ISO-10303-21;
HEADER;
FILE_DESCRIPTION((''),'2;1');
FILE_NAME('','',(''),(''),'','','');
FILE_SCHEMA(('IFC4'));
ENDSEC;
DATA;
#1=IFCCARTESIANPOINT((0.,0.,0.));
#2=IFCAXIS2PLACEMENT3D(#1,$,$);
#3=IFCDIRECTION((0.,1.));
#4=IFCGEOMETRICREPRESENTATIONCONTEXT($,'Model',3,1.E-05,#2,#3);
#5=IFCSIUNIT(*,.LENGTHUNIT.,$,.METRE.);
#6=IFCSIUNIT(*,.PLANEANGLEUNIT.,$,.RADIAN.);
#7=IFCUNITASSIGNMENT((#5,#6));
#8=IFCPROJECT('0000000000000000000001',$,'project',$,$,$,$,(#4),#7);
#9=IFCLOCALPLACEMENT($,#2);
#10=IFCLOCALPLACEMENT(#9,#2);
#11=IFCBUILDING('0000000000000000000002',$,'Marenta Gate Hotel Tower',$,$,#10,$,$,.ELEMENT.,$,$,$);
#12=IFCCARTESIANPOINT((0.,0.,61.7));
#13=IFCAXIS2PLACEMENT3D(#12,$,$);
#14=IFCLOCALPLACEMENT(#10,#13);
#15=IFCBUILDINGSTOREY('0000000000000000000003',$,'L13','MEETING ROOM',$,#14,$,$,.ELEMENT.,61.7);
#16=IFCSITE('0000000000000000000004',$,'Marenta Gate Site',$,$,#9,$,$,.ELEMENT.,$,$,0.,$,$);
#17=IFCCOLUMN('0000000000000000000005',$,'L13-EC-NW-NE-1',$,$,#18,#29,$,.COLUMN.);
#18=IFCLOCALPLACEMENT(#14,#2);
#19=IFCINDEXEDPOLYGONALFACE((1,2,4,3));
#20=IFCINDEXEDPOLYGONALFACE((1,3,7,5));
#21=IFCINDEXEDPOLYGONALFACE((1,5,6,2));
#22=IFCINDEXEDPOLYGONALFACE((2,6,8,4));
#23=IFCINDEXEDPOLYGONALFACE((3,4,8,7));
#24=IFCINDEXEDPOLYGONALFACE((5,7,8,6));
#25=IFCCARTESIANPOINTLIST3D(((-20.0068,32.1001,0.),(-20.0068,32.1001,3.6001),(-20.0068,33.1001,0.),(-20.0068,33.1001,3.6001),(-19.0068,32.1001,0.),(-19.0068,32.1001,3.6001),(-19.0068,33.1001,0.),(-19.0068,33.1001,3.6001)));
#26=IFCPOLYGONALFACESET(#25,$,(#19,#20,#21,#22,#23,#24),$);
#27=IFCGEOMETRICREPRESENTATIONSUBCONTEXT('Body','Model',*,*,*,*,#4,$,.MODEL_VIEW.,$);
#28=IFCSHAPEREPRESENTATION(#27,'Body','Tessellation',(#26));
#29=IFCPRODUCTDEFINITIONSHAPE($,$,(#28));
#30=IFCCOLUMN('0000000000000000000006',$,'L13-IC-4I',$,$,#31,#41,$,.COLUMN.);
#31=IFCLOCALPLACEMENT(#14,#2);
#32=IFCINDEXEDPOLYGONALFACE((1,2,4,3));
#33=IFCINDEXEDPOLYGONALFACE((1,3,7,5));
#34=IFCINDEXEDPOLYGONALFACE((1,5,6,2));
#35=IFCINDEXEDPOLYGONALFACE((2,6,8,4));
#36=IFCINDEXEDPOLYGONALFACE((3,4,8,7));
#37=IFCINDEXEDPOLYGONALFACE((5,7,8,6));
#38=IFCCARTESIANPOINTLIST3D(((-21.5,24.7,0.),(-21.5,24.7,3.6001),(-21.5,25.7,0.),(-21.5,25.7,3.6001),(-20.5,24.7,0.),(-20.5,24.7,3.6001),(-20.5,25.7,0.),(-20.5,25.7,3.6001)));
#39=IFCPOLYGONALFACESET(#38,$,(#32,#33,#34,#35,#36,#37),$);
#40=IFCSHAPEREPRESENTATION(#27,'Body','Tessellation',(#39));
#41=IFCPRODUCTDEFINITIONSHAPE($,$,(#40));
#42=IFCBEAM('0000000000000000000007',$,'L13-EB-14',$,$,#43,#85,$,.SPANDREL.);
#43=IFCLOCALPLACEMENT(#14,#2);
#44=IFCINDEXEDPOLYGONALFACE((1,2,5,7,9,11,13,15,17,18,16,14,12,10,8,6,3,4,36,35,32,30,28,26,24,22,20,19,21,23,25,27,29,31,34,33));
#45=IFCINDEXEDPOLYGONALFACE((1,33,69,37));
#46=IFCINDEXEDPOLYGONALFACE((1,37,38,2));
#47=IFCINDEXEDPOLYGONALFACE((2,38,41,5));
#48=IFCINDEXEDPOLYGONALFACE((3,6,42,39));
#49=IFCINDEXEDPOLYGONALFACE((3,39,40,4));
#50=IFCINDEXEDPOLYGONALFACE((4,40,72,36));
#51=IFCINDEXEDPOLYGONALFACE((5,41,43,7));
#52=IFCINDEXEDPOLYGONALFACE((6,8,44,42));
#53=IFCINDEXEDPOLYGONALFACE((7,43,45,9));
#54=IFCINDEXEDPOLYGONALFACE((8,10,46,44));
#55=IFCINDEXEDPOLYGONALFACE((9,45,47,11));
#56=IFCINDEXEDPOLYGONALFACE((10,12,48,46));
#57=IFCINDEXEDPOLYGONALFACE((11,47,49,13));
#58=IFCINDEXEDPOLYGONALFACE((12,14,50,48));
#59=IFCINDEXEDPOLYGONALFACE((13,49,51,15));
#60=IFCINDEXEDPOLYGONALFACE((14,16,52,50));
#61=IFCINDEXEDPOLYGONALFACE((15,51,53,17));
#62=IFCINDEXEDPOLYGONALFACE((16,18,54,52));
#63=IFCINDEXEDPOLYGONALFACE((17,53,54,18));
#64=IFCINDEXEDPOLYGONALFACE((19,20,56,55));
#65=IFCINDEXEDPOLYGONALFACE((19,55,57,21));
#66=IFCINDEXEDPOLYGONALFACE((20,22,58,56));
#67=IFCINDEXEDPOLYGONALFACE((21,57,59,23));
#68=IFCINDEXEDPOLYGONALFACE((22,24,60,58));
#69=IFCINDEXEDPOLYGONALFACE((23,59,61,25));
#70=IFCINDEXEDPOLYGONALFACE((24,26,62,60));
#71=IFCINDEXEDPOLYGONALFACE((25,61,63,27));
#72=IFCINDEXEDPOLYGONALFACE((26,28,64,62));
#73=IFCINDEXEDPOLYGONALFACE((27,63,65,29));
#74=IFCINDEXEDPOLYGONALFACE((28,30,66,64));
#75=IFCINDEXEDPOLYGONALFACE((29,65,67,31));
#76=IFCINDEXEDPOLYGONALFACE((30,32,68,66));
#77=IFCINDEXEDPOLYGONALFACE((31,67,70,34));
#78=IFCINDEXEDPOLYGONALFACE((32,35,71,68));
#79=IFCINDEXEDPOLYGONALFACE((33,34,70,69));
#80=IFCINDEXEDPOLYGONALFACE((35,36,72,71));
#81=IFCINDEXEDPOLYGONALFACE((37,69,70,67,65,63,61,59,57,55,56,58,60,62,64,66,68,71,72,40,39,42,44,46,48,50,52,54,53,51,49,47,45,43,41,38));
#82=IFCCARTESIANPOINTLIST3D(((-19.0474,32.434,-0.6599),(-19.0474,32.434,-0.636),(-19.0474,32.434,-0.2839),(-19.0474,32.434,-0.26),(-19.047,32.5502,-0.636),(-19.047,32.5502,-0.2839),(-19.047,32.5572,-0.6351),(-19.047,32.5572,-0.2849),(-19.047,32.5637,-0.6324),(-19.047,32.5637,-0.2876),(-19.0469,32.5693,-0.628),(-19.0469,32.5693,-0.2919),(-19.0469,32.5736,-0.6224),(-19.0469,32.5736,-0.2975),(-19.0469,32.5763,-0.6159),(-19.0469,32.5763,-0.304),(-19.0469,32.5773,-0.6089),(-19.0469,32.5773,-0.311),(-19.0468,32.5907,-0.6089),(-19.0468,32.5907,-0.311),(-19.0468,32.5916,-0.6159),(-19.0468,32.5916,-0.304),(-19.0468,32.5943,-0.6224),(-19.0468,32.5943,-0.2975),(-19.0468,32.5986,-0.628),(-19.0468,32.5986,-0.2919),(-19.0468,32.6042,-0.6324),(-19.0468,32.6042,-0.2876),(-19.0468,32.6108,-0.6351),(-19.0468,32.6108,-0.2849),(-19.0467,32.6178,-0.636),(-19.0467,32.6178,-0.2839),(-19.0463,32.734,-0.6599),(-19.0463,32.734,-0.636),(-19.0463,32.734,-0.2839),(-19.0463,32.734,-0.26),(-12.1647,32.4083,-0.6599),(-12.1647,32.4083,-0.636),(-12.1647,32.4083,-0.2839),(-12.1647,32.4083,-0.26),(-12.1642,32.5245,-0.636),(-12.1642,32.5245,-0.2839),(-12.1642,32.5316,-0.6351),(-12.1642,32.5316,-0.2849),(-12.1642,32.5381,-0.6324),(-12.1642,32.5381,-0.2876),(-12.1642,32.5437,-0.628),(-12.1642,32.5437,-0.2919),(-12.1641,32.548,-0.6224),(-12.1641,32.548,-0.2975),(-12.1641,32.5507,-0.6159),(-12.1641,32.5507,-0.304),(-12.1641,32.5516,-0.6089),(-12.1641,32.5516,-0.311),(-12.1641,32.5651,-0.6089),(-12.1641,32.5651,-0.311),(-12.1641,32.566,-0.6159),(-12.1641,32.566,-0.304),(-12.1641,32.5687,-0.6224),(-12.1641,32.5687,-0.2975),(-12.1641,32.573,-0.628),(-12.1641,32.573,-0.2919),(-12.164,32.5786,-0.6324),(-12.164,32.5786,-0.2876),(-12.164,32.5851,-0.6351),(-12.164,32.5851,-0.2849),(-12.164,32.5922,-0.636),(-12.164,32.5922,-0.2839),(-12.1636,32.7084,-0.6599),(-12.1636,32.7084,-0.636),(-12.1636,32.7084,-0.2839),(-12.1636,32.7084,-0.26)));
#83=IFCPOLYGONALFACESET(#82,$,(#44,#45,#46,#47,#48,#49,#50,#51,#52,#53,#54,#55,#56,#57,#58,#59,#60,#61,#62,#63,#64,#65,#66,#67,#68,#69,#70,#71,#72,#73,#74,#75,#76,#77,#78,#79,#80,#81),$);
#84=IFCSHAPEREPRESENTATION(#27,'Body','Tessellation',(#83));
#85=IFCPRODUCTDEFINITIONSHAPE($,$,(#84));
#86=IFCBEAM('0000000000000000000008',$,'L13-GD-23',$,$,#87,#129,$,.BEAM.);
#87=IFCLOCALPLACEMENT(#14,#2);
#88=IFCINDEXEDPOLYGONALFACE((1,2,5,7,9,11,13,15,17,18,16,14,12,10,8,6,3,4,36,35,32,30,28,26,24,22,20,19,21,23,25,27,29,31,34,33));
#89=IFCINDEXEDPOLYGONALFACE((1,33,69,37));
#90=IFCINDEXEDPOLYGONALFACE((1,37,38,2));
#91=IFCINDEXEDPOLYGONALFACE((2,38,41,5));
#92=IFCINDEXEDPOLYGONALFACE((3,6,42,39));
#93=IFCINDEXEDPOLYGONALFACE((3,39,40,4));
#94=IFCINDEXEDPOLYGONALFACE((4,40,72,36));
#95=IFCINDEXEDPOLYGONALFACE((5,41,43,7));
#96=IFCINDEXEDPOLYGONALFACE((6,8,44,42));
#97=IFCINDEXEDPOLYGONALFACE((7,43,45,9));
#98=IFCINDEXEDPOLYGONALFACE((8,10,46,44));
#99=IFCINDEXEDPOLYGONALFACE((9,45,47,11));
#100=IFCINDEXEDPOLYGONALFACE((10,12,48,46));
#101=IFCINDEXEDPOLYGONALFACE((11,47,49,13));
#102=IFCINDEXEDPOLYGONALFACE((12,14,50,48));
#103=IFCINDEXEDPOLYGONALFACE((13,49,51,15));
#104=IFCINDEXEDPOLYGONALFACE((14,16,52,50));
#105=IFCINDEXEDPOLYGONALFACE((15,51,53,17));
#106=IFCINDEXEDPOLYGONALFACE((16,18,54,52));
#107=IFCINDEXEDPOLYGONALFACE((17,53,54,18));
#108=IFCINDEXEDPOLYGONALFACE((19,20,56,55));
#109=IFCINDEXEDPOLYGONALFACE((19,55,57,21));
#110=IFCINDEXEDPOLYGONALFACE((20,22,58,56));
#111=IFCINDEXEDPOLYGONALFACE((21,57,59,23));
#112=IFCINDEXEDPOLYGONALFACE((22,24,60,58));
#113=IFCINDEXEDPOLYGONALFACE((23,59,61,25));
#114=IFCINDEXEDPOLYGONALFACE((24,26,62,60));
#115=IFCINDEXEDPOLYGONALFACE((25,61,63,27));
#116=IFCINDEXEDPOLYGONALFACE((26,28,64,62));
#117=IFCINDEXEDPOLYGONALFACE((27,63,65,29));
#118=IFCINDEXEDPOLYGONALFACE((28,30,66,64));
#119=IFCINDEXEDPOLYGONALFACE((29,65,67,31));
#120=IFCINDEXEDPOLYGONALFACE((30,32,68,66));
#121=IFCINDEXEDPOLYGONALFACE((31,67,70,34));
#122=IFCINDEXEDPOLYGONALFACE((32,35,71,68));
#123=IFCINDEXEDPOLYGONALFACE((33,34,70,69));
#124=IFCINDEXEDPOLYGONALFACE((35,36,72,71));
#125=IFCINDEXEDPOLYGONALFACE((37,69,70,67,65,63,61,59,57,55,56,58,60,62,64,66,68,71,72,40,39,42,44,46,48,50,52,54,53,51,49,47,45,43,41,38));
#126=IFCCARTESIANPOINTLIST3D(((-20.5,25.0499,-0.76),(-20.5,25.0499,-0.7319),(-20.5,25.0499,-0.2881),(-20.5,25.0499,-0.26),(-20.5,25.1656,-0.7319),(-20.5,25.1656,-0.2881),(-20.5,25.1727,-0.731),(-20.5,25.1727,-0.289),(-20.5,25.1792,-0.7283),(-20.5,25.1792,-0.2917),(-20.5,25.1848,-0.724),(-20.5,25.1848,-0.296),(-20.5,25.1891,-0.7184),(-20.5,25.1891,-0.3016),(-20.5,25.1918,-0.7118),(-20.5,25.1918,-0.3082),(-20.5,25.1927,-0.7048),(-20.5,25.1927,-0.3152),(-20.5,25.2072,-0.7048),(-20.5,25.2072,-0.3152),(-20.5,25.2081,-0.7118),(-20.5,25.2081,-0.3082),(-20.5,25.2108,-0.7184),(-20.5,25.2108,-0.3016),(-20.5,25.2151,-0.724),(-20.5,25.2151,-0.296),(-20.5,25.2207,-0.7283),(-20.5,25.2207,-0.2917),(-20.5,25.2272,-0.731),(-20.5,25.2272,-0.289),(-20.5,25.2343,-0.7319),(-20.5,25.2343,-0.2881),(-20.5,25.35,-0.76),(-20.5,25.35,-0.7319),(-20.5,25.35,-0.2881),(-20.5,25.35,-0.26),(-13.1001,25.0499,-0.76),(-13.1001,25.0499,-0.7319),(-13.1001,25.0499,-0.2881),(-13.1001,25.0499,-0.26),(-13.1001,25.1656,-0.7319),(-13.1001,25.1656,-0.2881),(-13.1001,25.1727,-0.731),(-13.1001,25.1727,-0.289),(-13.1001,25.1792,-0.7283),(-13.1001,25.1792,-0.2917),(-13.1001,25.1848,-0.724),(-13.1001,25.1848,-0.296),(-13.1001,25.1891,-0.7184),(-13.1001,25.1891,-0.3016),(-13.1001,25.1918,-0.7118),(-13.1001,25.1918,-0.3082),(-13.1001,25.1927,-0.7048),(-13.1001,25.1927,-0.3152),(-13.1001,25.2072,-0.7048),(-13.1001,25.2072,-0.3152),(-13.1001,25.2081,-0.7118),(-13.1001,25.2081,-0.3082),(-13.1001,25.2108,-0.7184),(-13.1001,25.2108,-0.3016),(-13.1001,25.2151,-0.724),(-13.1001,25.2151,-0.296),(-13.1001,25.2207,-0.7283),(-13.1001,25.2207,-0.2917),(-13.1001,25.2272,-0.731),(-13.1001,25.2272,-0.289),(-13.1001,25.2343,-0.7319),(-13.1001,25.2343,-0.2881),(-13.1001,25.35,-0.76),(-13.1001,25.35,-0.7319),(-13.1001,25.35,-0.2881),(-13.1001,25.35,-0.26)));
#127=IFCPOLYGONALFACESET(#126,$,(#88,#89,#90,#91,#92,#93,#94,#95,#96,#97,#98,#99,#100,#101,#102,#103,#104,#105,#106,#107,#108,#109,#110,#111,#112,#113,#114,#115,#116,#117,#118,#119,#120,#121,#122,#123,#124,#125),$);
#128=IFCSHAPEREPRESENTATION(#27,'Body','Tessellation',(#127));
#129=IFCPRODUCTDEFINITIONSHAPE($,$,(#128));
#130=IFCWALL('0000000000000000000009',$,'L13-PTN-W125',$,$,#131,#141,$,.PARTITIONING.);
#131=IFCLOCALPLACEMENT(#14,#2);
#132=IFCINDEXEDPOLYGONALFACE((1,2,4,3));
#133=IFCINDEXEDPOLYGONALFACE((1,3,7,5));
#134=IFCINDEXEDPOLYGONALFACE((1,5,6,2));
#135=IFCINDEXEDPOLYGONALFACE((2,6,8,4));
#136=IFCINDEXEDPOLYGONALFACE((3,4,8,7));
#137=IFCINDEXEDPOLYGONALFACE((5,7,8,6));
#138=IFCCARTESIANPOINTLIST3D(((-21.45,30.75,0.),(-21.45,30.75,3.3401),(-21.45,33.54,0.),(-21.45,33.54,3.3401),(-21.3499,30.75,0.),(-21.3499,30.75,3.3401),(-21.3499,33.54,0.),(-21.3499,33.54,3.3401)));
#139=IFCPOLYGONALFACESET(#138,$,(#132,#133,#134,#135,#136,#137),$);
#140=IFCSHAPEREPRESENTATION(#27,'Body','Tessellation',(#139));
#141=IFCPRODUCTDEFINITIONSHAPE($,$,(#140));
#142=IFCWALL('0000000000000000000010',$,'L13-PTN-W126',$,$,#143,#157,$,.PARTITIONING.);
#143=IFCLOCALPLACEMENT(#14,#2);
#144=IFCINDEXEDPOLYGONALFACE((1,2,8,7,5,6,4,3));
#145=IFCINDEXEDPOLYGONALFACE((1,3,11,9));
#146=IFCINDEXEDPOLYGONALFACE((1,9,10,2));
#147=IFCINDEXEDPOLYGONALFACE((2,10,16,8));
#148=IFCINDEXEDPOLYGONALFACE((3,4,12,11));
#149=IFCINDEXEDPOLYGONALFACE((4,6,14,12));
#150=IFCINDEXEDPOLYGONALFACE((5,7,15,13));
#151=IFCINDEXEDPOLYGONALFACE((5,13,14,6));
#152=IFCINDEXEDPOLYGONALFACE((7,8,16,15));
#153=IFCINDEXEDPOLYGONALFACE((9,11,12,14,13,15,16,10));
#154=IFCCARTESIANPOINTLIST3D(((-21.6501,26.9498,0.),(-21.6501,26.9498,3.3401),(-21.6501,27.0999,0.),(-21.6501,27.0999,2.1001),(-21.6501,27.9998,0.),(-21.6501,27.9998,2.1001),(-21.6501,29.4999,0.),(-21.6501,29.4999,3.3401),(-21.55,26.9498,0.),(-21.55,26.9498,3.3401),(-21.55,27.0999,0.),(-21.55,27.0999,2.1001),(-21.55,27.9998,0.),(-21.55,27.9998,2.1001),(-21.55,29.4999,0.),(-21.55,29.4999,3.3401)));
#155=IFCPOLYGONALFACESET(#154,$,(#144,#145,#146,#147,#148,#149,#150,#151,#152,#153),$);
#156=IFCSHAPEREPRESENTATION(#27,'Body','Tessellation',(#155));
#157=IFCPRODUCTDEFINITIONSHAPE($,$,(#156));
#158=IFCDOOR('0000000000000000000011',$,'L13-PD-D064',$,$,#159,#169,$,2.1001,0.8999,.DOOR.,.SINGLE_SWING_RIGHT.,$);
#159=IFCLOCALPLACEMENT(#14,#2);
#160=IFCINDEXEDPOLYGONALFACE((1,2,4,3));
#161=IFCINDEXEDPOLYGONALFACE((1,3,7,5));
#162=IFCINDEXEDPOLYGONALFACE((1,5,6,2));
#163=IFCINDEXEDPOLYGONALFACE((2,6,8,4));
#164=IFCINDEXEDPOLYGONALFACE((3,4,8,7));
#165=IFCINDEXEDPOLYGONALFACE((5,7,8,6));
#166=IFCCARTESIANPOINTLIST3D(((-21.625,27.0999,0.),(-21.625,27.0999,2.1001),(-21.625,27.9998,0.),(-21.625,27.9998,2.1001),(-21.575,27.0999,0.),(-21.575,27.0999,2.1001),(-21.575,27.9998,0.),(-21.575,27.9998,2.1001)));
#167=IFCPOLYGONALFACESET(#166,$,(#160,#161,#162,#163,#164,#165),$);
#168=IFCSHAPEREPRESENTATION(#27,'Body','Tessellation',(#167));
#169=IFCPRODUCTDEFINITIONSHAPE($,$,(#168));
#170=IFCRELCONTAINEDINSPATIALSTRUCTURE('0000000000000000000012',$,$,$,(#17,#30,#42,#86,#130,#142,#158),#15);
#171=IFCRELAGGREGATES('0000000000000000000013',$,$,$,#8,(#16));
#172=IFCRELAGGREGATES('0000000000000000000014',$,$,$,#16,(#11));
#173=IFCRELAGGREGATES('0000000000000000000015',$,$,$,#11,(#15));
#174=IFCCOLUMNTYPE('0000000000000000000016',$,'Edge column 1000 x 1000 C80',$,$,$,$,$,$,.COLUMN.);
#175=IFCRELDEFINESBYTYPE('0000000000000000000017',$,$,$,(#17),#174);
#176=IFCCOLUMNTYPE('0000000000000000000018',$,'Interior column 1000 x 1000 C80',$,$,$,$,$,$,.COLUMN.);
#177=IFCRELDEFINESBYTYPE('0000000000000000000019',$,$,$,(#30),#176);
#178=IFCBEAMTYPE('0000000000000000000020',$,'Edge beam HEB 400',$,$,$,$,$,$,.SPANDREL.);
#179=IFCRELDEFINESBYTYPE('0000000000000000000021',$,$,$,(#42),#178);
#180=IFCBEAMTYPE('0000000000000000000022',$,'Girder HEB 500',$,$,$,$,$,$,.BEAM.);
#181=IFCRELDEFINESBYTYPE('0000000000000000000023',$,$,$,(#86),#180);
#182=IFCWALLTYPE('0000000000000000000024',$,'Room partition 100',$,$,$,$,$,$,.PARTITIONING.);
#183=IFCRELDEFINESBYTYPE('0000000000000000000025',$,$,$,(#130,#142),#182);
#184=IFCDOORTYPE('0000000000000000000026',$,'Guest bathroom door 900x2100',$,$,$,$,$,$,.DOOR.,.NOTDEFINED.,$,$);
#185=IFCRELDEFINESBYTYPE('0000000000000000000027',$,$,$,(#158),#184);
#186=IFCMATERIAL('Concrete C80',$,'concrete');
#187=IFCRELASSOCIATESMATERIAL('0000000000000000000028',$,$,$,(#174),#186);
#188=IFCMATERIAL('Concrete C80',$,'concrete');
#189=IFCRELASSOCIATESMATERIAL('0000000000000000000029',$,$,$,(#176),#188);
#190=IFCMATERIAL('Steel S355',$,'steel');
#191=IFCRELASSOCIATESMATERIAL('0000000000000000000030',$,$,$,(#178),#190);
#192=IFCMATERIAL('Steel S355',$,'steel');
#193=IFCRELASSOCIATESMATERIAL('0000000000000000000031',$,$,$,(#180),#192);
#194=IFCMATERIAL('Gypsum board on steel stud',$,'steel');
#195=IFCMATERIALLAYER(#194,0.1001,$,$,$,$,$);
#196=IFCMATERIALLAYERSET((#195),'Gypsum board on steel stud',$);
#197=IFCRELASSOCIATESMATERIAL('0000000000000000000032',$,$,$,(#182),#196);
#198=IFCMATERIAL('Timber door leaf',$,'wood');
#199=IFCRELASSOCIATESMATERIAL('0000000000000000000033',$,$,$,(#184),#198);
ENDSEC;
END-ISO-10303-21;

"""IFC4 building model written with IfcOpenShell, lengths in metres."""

from ifc_helpers import new_model, si_unit, direction, frame, frame_2d, origin, origin_2d, place, context, subcontext, project, spatial, rectangle, i_section, extrude, material, layer, layer_set, material_profile, profile_set, type_object, element, fill, save


model = new_model("IFC4")

# Units and contexts
model_context = context("Model", 3, precision=1e-05, world=origin(), true_north=direction((0.0, 1.0)))
body_context = subcontext(model_context, "Body", "Model", "MODEL_VIEW")
ifc_project = project(units=[si_unit("LENGTHUNIT", "METRE"), si_unit("PLANEANGLEUNIT", "RADIAN")], contexts=[model_context])

# Site, building, storey
site_placement = place(None, origin())
site = spatial("IfcSite", under=ifc_project, at=site_placement, Name="Marenta Gate Site", CompositionType="ELEMENT", RefElevation=0.0)
building_placement = place(site_placement, origin())
building = spatial("IfcBuilding", under=site, at=building_placement, Name="Marenta Gate Hotel Tower", CompositionType="ELEMENT")
storey_placement = place(building_placement, frame((0.0, 0.0, 61.7)))
storey = spatial("IfcBuildingStorey", under=building, at=storey_placement, Name="L13", Description="MEETING ROOM", CompositionType="ELEMENT", Elevation=61.7)

# Columns
ifc_material_1 = material(Name="Concrete C80", Category="concrete")
ifc_material_profile_1 = material_profile(ifc_material_1, rectangle(XDim=1.0, YDim=1.0, at=origin_2d()), Name="1000 x 1000")
ifc_profile_set_1 = profile_set([ifc_material_profile_1], Name="Concrete C80")
column_type_1 = type_object("IfcColumnType", Name="Edge column 1000 x 1000 C80", PredefinedType="COLUMN", material=ifc_profile_set_1)
column_1_placement = place(storey_placement, frame((-19.5068, 32.6001, 0.0), z_axis=(0.0, 0.0, 1.0), x_axis=(1.0, 0.0, 0.0)))
element("IfcColumn", 1, at=column_1_placement, inside=storey, type_object=column_type_1, Name="L13-EC-NW-NE-1", PredefinedType="COLUMN", context=body_context, shape_type="SweptSolid", body=[
    extrude(rectangle(XDim=1.0, YDim=1.0, at=origin_2d()), origin(), (0.0, 0.0, 1.0), 3.6001),
])
ifc_material_2 = material(Name="Concrete C80", Category="concrete")
ifc_material_profile_2 = material_profile(ifc_material_2, rectangle(XDim=1.0, YDim=1.0, at=origin_2d()), Name="1000 x 1000")
ifc_profile_set_2 = profile_set([ifc_material_profile_2], Name="Concrete C80")
column_type_2 = type_object("IfcColumnType", Name="Interior column 1000 x 1000 C80", PredefinedType="COLUMN", material=ifc_profile_set_2)
column_2_placement = place(storey_placement, frame((-21.0, 25.2, 0.0), z_axis=(0.0, 0.0, 1.0), x_axis=(1.0, 0.0, 0.0)))
element("IfcColumn", 2, at=column_2_placement, inside=storey, type_object=column_type_2, Name="L13-IC-4I", PredefinedType="COLUMN", context=body_context, shape_type="SweptSolid", body=[
    extrude(rectangle(XDim=1.0, YDim=1.0, at=origin_2d()), origin(), (0.0, 0.0, 1.0), 3.6001),
])

# Beams
ifc_material_3 = material(Name="Steel S355", Category="steel")
ifc_material_profile_3 = material_profile(ifc_material_3, i_section(OverallWidth=0.3, OverallDepth=0.3999, WebThickness=0.0134, FlangeThickness=0.0239, FilletRadius=0.0271, at=origin_2d()), Name="HEB 400")
ifc_profile_set_3 = profile_set([ifc_material_profile_3], Name="Steel S355")
beam_type_1 = type_object("IfcBeamType", Name="Edge beam HEB 400", PredefinedType="SPANDREL", material=ifc_profile_set_3)
beam_1_placement = place(storey_placement, frame((-19.0469, 32.584, -0.46), z_axis=(0.999993, -0.003724, 0.0), x_axis=(0.003724, 0.999993, 0.0)))
element("IfcBeam", 3, at=beam_1_placement, inside=storey, type_object=beam_type_1, Name="L13-EB-14", PredefinedType="SPANDREL", context=body_context, shape_type="SweptSolid", body=[
    extrude(i_section(OverallWidth=0.3, OverallDepth=0.3999, WebThickness=0.0134, FlangeThickness=0.0239, FilletRadius=0.0271, at=origin_2d()), origin(), (0.0, 0.0, 1.0), 6.8828),
])
ifc_material_4 = material(Name="Steel S355", Category="steel")
ifc_material_profile_4 = material_profile(ifc_material_4, i_section(OverallWidth=0.3, OverallDepth=0.5, WebThickness=0.0144, FlangeThickness=0.0281, FilletRadius=0.0271, at=origin_2d()), Name="HEB 500")
ifc_profile_set_4 = profile_set([ifc_material_profile_4], Name="Steel S355")
beam_type_2 = type_object("IfcBeamType", Name="Girder HEB 500", PredefinedType="BEAM", material=ifc_profile_set_4)
beam_2_placement = place(storey_placement, frame((-20.5, 25.2, -0.51), z_axis=(1.0, 0.0, 0.0), x_axis=(0.0, 1.0, 0.0)))
element("IfcBeam", 4, at=beam_2_placement, inside=storey, type_object=beam_type_2, Name="L13-GD-23", PredefinedType="BEAM", context=body_context, shape_type="SweptSolid", body=[
    extrude(i_section(OverallWidth=0.3, OverallDepth=0.5, WebThickness=0.0144, FlangeThickness=0.0281, FilletRadius=0.0271, at=origin_2d()), origin(), (0.0, 0.0, 1.0), 7.3999),
])

# Wall
ifc_material_5 = material(Name="Gypsum board on steel stud", Category="steel")
ifc_layer = layer(ifc_material_5, 0.1001)
ifc_layer_set = layer_set([ifc_layer], Name="Gypsum board on steel stud")
wall_type = type_object("IfcWallType", Name="Room partition 100", PredefinedType="PARTITIONING", material=ifc_layer_set)
wall_1_placement = place(storey_placement, frame((-21.3999, 30.75, 0.0), z_axis=(0.0, 0.0, 1.0), x_axis=(0.0, 1.0, 0.0)))
element("IfcWall", 5, at=wall_1_placement, inside=storey, type_object=wall_type, Name="L13-PTN-W125", PredefinedType="PARTITIONING", context=body_context, shape_type="SweptSolid", body=[
    extrude(rectangle(XDim=2.79, YDim=0.1001, at=frame_2d((1.395, 0.0))), origin(), (0.0, 0.0, 1.0), 3.3401),
])

# Wall, opening, door
wall_2_placement = place(storey_placement, frame((-21.6001, 26.95, 0.0), z_axis=(0.0, 0.0, 1.0), x_axis=(0.0, 1.0, 0.0)))
wall_2 = element("IfcWall", 6, at=wall_2_placement, inside=storey, type_object=wall_type, Name="L13-PTN-W126", PredefinedType="PARTITIONING", context=body_context, shape_type="SweptSolid", body=[
    extrude(rectangle(XDim=2.55, YDim=0.1001, at=frame_2d((1.2749, 0.0))), origin(), (0.0, 0.0, 1.0), 3.3401),
])
opening_1_placement = place(wall_2_placement, frame((0.1499, 0.0, 0.0)))
opening_1 = element("IfcOpeningElement", 7, at=opening_1_placement, cuts=wall_2, PredefinedType="OPENING", context=body_context, shape_type="SweptSolid", body=[
    extrude(rectangle(XDim=0.8999, YDim=2.1001, at=frame_2d((0.45, 1.05))), frame((0.0, 0.05, 0.0), z_axis=(0.0, -1.0, 0.0), x_axis=(1.0, 0.0, 0.0)), (0.0, 0.0, 1.0), 0.1001),
])
ifc_material_6 = material(Name="Timber door leaf", Category="wood")
door_type = type_object("IfcDoorType", Name="Guest bathroom door 900x2100", OperationType="NOTDEFINED", PredefinedType="DOOR", material=ifc_material_6)
door_1_placement = place(opening_1_placement, origin())
door_1 = element("IfcDoor", 8, at=door_1_placement, inside=storey, type_object=door_type, Name="L13-PD-D064", OperationType="SINGLE_SWING_RIGHT", OverallHeight=2.1001, OverallWidth=0.8999, PredefinedType="DOOR", context=body_context, shape_type="SweptSolid", body=[
    extrude(rectangle(XDim=0.8999, YDim=2.1001, at=frame_2d((0.45, 1.05))), frame((0.0, 0.0249, 0.0), z_axis=(0.0, -1.0, 0.0), x_axis=(1.0, 0.0, 0.0)), (0.0, 0.0, 1.0), 0.05),
])
fill(opening_1, door_1)

save(model, "model.ifc")
